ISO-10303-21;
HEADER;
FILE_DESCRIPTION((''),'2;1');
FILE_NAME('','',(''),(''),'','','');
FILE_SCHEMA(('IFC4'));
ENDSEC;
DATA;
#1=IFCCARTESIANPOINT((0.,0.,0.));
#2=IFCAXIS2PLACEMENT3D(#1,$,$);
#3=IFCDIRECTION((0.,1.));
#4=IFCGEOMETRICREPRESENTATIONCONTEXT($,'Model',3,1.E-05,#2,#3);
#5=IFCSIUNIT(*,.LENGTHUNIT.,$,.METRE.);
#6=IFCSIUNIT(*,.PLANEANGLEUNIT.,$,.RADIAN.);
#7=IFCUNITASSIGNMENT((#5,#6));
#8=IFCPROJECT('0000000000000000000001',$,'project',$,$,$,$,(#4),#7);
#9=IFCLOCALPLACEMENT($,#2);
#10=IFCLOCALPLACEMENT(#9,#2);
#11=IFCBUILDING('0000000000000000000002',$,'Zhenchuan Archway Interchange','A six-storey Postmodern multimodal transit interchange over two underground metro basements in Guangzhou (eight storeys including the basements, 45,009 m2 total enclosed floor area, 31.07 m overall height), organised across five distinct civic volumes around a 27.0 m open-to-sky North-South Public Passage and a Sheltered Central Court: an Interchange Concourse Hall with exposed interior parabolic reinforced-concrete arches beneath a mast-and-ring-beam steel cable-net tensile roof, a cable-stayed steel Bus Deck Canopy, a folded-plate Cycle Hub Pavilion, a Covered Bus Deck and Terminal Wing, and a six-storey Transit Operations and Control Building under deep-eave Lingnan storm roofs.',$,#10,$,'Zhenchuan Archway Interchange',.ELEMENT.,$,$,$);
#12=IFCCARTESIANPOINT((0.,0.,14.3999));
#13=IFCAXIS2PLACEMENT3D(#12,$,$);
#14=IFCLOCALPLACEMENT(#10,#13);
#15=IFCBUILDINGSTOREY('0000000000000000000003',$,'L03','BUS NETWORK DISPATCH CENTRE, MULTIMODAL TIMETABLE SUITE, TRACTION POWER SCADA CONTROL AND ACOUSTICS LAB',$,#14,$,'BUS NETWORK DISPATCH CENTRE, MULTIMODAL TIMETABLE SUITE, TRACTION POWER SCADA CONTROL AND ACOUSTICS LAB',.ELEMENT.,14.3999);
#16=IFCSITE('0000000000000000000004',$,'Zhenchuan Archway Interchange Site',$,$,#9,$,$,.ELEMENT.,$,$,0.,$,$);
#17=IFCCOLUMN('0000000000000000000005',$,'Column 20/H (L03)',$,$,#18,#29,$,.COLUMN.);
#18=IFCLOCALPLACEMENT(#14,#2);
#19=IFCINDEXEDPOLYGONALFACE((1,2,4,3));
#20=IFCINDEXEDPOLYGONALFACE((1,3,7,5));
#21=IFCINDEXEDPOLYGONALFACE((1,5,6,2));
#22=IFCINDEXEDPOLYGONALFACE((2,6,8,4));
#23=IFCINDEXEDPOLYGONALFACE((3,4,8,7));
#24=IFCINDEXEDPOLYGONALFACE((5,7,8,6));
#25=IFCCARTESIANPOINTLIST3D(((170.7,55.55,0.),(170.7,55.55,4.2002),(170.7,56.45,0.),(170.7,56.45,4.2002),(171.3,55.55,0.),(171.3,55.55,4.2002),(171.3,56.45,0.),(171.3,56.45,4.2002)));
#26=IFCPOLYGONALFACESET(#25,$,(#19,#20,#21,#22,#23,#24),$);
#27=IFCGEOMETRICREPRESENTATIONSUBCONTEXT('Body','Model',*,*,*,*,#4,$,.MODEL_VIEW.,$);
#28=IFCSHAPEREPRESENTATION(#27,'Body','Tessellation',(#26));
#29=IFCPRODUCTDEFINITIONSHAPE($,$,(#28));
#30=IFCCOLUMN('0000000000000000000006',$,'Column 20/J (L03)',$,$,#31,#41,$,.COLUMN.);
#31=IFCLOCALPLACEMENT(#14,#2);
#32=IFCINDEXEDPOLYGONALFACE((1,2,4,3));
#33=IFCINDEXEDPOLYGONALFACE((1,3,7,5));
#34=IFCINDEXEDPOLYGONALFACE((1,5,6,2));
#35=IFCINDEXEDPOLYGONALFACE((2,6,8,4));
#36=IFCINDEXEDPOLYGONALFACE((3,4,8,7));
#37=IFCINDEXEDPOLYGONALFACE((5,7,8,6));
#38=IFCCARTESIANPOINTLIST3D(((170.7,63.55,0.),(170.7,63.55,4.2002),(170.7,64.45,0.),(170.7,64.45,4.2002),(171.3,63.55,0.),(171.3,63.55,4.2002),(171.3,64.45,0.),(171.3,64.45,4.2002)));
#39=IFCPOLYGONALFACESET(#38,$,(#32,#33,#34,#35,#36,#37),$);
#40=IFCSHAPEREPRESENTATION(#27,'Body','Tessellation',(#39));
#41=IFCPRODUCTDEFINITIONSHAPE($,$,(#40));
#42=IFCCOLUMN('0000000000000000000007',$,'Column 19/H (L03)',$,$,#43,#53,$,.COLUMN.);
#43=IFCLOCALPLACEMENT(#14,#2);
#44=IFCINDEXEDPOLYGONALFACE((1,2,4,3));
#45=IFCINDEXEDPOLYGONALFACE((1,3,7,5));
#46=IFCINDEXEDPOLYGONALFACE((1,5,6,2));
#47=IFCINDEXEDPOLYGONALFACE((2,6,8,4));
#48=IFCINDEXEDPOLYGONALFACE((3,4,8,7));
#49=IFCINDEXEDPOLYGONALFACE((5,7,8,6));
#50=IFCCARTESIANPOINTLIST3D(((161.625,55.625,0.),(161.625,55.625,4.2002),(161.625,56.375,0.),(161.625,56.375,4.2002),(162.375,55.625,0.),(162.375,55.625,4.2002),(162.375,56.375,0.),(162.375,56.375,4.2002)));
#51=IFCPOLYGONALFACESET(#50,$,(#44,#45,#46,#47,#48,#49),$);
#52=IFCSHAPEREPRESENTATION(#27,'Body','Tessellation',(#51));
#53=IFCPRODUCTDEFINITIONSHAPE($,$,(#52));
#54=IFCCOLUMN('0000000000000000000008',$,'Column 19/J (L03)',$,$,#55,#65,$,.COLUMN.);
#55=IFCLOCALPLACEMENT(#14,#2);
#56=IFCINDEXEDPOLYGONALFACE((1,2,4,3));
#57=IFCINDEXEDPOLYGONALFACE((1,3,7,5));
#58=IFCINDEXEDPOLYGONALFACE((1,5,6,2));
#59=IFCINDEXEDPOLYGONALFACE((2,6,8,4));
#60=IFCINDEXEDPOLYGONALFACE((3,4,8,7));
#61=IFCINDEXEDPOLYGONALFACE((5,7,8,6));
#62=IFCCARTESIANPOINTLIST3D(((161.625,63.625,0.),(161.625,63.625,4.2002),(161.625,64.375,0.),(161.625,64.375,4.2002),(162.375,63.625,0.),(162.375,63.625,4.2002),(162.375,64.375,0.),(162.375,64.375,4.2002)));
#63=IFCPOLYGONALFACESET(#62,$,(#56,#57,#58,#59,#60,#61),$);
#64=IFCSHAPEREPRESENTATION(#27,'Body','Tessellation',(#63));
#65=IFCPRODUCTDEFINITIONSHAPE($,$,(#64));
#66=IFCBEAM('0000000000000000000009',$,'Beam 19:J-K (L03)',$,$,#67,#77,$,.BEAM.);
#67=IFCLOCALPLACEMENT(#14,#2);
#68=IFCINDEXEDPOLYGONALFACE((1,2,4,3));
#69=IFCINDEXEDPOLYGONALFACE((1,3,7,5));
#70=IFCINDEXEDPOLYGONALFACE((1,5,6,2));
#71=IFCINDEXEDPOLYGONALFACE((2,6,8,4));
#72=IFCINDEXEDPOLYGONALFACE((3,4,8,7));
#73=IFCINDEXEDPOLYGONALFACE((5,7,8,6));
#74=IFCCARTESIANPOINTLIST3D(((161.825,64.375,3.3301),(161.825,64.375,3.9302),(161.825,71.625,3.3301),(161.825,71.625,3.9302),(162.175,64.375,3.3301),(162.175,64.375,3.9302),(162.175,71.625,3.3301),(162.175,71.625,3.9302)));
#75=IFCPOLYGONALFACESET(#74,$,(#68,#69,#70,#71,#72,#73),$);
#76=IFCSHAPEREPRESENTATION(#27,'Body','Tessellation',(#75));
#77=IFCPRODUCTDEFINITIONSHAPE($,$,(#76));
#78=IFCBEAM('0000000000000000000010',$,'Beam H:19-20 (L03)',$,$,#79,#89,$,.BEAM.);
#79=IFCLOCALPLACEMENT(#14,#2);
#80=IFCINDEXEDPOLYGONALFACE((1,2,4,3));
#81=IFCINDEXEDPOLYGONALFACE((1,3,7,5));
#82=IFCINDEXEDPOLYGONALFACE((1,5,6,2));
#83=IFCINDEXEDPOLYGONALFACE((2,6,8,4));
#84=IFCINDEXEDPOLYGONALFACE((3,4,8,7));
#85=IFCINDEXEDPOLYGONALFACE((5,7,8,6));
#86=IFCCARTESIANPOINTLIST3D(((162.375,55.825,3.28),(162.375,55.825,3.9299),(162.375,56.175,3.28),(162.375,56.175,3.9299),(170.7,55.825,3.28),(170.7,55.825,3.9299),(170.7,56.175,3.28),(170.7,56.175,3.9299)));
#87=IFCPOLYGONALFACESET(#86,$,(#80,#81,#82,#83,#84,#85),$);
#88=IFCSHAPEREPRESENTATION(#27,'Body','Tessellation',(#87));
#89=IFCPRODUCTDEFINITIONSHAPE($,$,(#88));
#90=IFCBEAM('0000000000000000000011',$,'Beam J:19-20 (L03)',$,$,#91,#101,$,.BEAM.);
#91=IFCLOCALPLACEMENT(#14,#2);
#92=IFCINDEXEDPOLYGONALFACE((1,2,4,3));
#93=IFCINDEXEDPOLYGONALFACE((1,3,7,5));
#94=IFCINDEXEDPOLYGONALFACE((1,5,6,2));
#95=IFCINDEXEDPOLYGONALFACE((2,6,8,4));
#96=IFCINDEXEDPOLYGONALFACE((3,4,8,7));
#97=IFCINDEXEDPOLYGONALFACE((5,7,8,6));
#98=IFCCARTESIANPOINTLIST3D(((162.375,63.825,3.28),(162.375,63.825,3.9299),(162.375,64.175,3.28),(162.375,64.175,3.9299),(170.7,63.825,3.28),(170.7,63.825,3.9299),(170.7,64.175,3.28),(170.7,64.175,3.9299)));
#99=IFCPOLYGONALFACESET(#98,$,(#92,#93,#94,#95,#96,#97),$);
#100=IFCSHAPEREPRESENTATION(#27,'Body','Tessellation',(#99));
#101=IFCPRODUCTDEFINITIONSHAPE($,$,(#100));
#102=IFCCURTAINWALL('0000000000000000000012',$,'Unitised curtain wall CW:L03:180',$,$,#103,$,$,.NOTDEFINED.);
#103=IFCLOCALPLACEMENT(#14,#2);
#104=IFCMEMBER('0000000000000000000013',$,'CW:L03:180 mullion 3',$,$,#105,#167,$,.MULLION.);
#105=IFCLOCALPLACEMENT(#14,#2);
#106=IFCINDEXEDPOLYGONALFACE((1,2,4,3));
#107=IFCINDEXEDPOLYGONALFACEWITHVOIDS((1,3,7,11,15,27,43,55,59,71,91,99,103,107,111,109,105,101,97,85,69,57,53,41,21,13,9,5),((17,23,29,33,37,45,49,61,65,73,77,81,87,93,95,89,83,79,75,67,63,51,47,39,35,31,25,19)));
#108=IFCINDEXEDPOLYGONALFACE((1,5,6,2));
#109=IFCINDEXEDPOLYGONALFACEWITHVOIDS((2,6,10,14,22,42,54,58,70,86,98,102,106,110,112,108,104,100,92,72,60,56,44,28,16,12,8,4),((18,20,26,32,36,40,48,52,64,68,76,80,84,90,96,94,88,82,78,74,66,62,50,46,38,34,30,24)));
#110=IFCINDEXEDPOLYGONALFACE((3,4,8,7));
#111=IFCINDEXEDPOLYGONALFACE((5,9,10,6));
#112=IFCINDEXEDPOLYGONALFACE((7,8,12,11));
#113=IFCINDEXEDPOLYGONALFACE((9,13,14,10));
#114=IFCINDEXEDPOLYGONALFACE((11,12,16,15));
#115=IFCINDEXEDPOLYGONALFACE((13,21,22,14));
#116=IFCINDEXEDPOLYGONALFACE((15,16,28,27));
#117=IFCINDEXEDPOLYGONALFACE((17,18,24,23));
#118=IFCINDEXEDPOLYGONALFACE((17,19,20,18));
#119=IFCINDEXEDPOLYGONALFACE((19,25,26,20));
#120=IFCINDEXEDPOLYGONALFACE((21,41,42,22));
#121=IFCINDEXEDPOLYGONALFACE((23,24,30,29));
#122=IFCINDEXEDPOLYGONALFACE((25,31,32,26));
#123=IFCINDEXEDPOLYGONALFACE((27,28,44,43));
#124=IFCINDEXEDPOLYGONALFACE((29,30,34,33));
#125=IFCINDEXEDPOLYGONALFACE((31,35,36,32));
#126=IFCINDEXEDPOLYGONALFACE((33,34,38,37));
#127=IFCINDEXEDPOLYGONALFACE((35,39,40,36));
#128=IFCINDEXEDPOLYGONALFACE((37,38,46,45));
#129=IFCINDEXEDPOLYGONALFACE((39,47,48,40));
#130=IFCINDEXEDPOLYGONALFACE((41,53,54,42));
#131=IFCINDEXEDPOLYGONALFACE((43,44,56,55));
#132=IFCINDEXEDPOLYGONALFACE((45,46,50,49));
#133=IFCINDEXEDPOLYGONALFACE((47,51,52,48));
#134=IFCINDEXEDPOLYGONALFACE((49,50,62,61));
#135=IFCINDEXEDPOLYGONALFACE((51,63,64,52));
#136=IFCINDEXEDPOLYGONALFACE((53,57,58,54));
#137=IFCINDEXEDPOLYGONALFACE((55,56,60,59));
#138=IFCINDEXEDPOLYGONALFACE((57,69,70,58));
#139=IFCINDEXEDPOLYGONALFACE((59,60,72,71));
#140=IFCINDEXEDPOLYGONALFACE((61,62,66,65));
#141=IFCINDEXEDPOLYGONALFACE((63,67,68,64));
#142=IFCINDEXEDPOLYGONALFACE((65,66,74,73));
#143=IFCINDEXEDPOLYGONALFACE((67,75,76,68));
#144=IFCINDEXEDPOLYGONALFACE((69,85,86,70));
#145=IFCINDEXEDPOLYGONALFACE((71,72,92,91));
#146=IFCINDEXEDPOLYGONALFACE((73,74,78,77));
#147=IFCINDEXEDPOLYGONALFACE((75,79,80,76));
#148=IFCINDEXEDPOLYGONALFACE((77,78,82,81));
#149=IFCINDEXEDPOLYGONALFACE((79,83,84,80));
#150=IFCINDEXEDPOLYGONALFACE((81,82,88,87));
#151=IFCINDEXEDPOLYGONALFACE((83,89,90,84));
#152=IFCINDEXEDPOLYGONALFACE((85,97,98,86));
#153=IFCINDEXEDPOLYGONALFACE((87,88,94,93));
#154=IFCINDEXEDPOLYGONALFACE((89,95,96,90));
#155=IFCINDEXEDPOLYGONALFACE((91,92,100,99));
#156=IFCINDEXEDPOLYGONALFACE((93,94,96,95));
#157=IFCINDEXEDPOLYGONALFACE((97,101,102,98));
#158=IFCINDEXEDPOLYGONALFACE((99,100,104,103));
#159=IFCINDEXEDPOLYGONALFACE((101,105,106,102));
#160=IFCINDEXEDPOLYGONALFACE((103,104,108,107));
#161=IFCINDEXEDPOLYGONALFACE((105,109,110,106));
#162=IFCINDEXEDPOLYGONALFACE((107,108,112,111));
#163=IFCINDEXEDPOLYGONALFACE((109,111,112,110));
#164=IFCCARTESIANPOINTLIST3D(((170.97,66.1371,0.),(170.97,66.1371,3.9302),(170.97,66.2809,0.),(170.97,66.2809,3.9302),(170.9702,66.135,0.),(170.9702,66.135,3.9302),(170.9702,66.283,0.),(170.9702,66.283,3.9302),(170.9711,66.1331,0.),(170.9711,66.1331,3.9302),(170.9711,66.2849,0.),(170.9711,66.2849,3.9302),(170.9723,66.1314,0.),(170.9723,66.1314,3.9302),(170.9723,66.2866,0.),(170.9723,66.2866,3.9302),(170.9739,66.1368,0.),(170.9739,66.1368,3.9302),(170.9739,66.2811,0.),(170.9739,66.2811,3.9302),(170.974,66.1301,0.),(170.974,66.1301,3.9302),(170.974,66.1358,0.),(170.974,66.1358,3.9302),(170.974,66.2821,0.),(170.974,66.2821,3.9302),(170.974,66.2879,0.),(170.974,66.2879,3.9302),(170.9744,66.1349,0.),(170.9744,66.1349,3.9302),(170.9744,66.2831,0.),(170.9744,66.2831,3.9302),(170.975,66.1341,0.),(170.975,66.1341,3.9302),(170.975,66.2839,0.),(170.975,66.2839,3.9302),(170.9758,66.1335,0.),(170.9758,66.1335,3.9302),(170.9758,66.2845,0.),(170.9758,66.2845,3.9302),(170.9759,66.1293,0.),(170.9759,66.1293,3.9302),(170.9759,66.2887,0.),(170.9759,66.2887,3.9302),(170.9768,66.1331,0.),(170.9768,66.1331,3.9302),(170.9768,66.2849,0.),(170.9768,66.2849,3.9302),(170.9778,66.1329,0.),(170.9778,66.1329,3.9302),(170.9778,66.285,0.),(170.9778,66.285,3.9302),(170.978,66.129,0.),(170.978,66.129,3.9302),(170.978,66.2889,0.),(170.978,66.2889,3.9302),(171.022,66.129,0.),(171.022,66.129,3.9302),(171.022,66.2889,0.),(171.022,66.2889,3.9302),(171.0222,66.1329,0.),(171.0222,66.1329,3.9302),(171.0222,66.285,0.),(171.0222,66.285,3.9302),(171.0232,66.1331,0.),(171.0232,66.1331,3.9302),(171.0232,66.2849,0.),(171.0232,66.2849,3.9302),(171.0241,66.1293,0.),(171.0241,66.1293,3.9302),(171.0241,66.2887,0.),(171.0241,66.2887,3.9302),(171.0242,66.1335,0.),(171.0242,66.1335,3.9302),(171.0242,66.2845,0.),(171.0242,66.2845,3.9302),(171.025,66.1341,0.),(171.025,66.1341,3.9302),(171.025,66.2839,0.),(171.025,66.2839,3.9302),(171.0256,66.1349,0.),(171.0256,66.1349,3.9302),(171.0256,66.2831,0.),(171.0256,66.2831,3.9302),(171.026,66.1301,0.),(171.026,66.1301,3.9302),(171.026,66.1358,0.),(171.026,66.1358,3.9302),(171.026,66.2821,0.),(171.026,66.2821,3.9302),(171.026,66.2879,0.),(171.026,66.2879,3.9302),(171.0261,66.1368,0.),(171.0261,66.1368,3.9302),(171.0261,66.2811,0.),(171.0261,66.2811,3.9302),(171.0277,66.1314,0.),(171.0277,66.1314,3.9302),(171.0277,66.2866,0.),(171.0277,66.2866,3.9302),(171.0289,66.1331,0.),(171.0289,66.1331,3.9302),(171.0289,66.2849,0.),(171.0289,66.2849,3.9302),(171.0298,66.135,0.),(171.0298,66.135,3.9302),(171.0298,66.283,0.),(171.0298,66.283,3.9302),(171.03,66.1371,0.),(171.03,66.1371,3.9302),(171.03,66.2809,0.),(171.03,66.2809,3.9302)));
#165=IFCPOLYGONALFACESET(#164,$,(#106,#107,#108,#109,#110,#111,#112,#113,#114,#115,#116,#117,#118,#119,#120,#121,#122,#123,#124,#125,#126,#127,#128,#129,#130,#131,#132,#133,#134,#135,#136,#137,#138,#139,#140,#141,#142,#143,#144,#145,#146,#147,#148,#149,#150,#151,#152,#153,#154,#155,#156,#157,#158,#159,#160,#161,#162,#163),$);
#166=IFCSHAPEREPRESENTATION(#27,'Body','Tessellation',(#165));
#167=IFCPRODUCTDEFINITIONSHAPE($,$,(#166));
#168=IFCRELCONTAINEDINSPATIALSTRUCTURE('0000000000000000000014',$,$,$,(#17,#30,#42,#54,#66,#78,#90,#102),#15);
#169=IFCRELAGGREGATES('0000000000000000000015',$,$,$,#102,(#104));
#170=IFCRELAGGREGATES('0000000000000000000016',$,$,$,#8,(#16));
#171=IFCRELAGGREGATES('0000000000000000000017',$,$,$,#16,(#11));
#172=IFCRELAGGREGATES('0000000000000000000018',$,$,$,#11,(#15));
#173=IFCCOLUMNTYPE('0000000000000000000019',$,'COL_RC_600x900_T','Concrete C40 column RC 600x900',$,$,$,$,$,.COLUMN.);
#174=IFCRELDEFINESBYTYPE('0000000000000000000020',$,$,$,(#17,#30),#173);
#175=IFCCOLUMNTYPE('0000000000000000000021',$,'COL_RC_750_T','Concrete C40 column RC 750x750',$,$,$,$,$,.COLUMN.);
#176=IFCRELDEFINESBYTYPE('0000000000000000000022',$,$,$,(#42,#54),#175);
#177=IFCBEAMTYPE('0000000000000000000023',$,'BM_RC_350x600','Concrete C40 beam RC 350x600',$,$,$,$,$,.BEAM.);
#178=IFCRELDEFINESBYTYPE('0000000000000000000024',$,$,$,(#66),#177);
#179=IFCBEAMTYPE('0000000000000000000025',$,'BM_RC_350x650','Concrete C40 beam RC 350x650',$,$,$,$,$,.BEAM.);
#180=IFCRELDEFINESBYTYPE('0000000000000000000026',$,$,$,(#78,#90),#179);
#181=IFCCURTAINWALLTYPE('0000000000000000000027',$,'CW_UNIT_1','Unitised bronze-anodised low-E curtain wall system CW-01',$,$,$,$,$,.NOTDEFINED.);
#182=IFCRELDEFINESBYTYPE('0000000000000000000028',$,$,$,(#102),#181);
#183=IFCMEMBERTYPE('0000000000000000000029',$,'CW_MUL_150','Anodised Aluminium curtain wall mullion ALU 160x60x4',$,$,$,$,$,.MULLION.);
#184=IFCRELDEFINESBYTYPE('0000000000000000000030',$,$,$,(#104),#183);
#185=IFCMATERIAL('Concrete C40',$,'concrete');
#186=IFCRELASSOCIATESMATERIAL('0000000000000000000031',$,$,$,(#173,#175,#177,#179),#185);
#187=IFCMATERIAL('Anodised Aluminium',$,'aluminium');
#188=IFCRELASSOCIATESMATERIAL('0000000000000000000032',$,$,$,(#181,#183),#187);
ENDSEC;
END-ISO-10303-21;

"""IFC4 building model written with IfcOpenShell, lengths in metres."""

from ifc_helpers import new_model, si_unit, direction, frame, origin, origin_2d, place, context, subcontext, project, spatial, rectangle, hollow_rectangle, extrude, material, material_profile, profile_set, type_object, element, aggregate, save


model = new_model("IFC4")

# Units and contexts
model_context = context("Model", 3, precision=1e-05, world=origin(), true_north=direction((0.0, 1.0)))
body_context = subcontext(model_context, "Body", "Model", "MODEL_VIEW")
ifc_project = project(units=[si_unit("LENGTHUNIT", "METRE"), si_unit("PLANEANGLEUNIT", "RADIAN")], contexts=[model_context])

# Site, building, storey
site_placement = place(None, origin())
site = spatial("IfcSite", under=ifc_project, at=site_placement, Name="Zhenchuan Archway Interchange Site", CompositionType="ELEMENT", RefElevation=0.0)
building_placement = place(site_placement, origin())
building = spatial("IfcBuilding", under=site, at=building_placement, Name="Zhenchuan Archway Interchange", Description="A six-storey Postmodern multimodal transit interchange over two underground metro basements in Guangzhou (eight storeys including the basements, 45,009 m2 total enclosed floor area, 31.07 m overall height), organised across five distinct civic volumes around a 27.0 m open-to-sky North-South Public Passage and a Sheltered Central Court: an Interchange Concourse Hall with exposed interior parabolic reinforced-concrete arches beneath a mast-and-ring-beam steel cable-net tensile roof, a cable-stayed steel Bus Deck Canopy, a folded-plate Cycle Hub Pavilion, a Covered Bus Deck and Terminal Wing, and a six-storey Transit Operations and Control Building under deep-eave Lingnan storm roofs.", LongName="Zhenchuan Archway Interchange", CompositionType="ELEMENT")
storey_placement = place(building_placement, frame((0.0, 0.0, 14.3999)))
storey = spatial("IfcBuildingStorey", under=building, at=storey_placement, Name="L03", Description="BUS NETWORK DISPATCH CENTRE, MULTIMODAL TIMETABLE SUITE, TRACTION POWER SCADA CONTROL AND ACOUSTICS LAB", LongName="BUS NETWORK DISPATCH CENTRE, MULTIMODAL TIMETABLE SUITE, TRACTION POWER SCADA CONTROL AND ACOUSTICS LAB", CompositionType="ELEMENT", Elevation=14.3999)

# Columns
ifc_material_1 = material(Name="Concrete C40", Category="concrete")
ifc_material_profile_1 = material_profile(ifc_material_1, rectangle(XDim=0.6001, YDim=0.8999, at=origin_2d()), Name="RC 600x900")
ifc_profile_set_1 = profile_set([ifc_material_profile_1], Name="Concrete C40")
column_type_1 = type_object("IfcColumnType", Name="COL_RC_600x900_T", Description="Concrete C40 column RC 600x900", PredefinedType="COLUMN", material=ifc_profile_set_1)
for number, where, z_axis, x_axis, name in (
    (1, (171.0, 56.0, 0.0), (0.0, 0.0, 1.0), (1.0, 0.0, 0.0), "Column 20/H (L03)"),
    (2, (171.0, 64.0, 0.0), (0.0, 0.0, 1.0), (1.0, 0.0, 0.0), "Column 20/J (L03)"),
):
    element("IfcColumn", number, at=place(storey_placement, frame(where, z_axis=z_axis, x_axis=x_axis)), inside=storey, type_object=column_type_1, Name=name, PredefinedType="COLUMN", context=body_context, shape_type="SweptSolid", body=[
        extrude(rectangle(XDim=0.6001, YDim=0.8999, at=origin_2d()), origin(), (0.0, 0.0, 1.0), 4.2002),
    ])
ifc_material_profile_2 = material_profile(ifc_material_1, rectangle(XDim=0.75, YDim=0.75, at=origin_2d()), Name="RC 750x750")
ifc_profile_set_2 = profile_set([ifc_material_profile_2], Name="Concrete C40")
column_type_2 = type_object("IfcColumnType", Name="COL_RC_750_T", Description="Concrete C40 column RC 750x750", PredefinedType="COLUMN", material=ifc_profile_set_2)
for number, where, z_axis, x_axis, name in (
    (3, (162.0, 56.0, 0.0), (0.0, 0.0, 1.0), (1.0, 0.0, 0.0), "Column 19/H (L03)"),
    (4, (162.0, 64.0, 0.0), (0.0, 0.0, 1.0), (1.0, 0.0, 0.0), "Column 19/J (L03)"),
):
    element("IfcColumn", number, at=place(storey_placement, frame(where, z_axis=z_axis, x_axis=x_axis)), inside=storey, type_object=column_type_2, Name=name, PredefinedType="COLUMN", context=body_context, shape_type="SweptSolid", body=[
        extrude(rectangle(XDim=0.75, YDim=0.75, at=origin_2d()), origin(), (0.0, 0.0, 1.0), 4.2002),
    ])

# Beams
ifc_material_profile_3 = material_profile(ifc_material_1, rectangle(XDim=0.3501, YDim=0.6001, at=origin_2d()), Name="RC 350x600")
ifc_profile_set_3 = profile_set([ifc_material_profile_3], Name="Concrete C40")
beam_type_1 = type_object("IfcBeamType", Name="BM_RC_350x600", Description="Concrete C40 beam RC 350x600", PredefinedType="BEAM", material=ifc_profile_set_3)
beam_1_placement = place(storey_placement, frame((162.0, 64.375, 3.6301), z_axis=(0.0, 1.0, 0.0), x_axis=(-1.0, 0.0, 0.0)))
element("IfcBeam", 5, at=beam_1_placement, inside=storey, type_object=beam_type_1, Name="Beam 19:J-K (L03)", PredefinedType="BEAM", context=body_context, shape_type="SweptSolid", body=[
    extrude(rectangle(XDim=0.3501, YDim=0.6001, at=origin_2d()), origin(), (0.0, 0.0, 1.0), 7.25),
])
ifc_material_profile_4 = material_profile(ifc_material_1, rectangle(XDim=0.3501, YDim=0.6499, at=origin_2d()), Name="RC 350x650")
ifc_profile_set_4 = profile_set([ifc_material_profile_4], Name="Concrete C40")
beam_type_2 = type_object("IfcBeamType", Name="BM_RC_350x650", Description="Concrete C40 beam RC 350x650", PredefinedType="BEAM", material=ifc_profile_set_4)
for number, where, z_axis, x_axis, name in (
    (6, (162.375, 56.0, 3.605), (1.0, 0.0, 0.0), (0.0, 1.0, 0.0), "Beam H:19-20 (L03)"),
    (7, (162.375, 64.0, 3.605), (1.0, 0.0, 0.0), (0.0, 1.0, 0.0), "Beam J:19-20 (L03)"),
):
    element("IfcBeam", number, at=place(storey_placement, frame(where, z_axis=z_axis, x_axis=x_axis)), inside=storey, type_object=beam_type_2, Name=name, PredefinedType="BEAM", context=body_context, shape_type="SweptSolid", body=[
        extrude(rectangle(XDim=0.3501, YDim=0.6499, at=origin_2d()), origin(), (0.0, 0.0, 1.0), 8.325),
    ])

# Curtain wall, member
ifc_material_2 = material(Name="Anodised Aluminium", Category="aluminium")
curtain_wall_type = type_object("IfcCurtainWallType", Name="CW_UNIT_1", Description="Unitised bronze-anodised low-E curtain wall system CW-01", PredefinedType="NOTDEFINED", material=ifc_material_2)
curtain_wall_placement = place(storey_placement, origin())
curtain_wall = element("IfcCurtainWall", 8, at=curtain_wall_placement, inside=storey, type_object=curtain_wall_type, Name="Unitised curtain wall CW:L03:180", PredefinedType="NOTDEFINED")
ifc_material_profile_5 = material_profile(ifc_material_2, hollow_rectangle(XDim=0.0601, YDim=0.1599, WallThickness=0.0039, InnerFilletRadius=0.0039, OuterFilletRadius=0.0081, at=origin_2d()), Name="ALU 160x60x4")
ifc_profile_set_5 = profile_set([ifc_material_profile_5], Name="Anodised Aluminium")
member_type_1 = type_object("IfcMemberType", Name="CW_MUL_150", Description="Anodised Aluminium curtain wall mullion ALU 160x60x4", PredefinedType="MULLION", material=ifc_profile_set_5)
member_1_placement = place(storey_placement, frame((171.0, 66.209, 0.0), z_axis=(0.0, 0.0, 1.0), x_axis=(1.0, 0.0, 0.0)))
member_1 = element("IfcMember", 9, at=member_1_placement, type_object=member_type_1, Name="CW:L03:180 mullion 3", PredefinedType="MULLION", context=body_context, shape_type="SweptSolid", body=[
    extrude(hollow_rectangle(XDim=0.0601, YDim=0.1599, WallThickness=0.0039, InnerFilletRadius=0.0039, OuterFilletRadius=0.0081, at=origin_2d()), origin(), (0.0, 0.0, 1.0), 3.9302),
])

aggregate(curtain_wall, [member_1])

save(model, "model.ifc")
